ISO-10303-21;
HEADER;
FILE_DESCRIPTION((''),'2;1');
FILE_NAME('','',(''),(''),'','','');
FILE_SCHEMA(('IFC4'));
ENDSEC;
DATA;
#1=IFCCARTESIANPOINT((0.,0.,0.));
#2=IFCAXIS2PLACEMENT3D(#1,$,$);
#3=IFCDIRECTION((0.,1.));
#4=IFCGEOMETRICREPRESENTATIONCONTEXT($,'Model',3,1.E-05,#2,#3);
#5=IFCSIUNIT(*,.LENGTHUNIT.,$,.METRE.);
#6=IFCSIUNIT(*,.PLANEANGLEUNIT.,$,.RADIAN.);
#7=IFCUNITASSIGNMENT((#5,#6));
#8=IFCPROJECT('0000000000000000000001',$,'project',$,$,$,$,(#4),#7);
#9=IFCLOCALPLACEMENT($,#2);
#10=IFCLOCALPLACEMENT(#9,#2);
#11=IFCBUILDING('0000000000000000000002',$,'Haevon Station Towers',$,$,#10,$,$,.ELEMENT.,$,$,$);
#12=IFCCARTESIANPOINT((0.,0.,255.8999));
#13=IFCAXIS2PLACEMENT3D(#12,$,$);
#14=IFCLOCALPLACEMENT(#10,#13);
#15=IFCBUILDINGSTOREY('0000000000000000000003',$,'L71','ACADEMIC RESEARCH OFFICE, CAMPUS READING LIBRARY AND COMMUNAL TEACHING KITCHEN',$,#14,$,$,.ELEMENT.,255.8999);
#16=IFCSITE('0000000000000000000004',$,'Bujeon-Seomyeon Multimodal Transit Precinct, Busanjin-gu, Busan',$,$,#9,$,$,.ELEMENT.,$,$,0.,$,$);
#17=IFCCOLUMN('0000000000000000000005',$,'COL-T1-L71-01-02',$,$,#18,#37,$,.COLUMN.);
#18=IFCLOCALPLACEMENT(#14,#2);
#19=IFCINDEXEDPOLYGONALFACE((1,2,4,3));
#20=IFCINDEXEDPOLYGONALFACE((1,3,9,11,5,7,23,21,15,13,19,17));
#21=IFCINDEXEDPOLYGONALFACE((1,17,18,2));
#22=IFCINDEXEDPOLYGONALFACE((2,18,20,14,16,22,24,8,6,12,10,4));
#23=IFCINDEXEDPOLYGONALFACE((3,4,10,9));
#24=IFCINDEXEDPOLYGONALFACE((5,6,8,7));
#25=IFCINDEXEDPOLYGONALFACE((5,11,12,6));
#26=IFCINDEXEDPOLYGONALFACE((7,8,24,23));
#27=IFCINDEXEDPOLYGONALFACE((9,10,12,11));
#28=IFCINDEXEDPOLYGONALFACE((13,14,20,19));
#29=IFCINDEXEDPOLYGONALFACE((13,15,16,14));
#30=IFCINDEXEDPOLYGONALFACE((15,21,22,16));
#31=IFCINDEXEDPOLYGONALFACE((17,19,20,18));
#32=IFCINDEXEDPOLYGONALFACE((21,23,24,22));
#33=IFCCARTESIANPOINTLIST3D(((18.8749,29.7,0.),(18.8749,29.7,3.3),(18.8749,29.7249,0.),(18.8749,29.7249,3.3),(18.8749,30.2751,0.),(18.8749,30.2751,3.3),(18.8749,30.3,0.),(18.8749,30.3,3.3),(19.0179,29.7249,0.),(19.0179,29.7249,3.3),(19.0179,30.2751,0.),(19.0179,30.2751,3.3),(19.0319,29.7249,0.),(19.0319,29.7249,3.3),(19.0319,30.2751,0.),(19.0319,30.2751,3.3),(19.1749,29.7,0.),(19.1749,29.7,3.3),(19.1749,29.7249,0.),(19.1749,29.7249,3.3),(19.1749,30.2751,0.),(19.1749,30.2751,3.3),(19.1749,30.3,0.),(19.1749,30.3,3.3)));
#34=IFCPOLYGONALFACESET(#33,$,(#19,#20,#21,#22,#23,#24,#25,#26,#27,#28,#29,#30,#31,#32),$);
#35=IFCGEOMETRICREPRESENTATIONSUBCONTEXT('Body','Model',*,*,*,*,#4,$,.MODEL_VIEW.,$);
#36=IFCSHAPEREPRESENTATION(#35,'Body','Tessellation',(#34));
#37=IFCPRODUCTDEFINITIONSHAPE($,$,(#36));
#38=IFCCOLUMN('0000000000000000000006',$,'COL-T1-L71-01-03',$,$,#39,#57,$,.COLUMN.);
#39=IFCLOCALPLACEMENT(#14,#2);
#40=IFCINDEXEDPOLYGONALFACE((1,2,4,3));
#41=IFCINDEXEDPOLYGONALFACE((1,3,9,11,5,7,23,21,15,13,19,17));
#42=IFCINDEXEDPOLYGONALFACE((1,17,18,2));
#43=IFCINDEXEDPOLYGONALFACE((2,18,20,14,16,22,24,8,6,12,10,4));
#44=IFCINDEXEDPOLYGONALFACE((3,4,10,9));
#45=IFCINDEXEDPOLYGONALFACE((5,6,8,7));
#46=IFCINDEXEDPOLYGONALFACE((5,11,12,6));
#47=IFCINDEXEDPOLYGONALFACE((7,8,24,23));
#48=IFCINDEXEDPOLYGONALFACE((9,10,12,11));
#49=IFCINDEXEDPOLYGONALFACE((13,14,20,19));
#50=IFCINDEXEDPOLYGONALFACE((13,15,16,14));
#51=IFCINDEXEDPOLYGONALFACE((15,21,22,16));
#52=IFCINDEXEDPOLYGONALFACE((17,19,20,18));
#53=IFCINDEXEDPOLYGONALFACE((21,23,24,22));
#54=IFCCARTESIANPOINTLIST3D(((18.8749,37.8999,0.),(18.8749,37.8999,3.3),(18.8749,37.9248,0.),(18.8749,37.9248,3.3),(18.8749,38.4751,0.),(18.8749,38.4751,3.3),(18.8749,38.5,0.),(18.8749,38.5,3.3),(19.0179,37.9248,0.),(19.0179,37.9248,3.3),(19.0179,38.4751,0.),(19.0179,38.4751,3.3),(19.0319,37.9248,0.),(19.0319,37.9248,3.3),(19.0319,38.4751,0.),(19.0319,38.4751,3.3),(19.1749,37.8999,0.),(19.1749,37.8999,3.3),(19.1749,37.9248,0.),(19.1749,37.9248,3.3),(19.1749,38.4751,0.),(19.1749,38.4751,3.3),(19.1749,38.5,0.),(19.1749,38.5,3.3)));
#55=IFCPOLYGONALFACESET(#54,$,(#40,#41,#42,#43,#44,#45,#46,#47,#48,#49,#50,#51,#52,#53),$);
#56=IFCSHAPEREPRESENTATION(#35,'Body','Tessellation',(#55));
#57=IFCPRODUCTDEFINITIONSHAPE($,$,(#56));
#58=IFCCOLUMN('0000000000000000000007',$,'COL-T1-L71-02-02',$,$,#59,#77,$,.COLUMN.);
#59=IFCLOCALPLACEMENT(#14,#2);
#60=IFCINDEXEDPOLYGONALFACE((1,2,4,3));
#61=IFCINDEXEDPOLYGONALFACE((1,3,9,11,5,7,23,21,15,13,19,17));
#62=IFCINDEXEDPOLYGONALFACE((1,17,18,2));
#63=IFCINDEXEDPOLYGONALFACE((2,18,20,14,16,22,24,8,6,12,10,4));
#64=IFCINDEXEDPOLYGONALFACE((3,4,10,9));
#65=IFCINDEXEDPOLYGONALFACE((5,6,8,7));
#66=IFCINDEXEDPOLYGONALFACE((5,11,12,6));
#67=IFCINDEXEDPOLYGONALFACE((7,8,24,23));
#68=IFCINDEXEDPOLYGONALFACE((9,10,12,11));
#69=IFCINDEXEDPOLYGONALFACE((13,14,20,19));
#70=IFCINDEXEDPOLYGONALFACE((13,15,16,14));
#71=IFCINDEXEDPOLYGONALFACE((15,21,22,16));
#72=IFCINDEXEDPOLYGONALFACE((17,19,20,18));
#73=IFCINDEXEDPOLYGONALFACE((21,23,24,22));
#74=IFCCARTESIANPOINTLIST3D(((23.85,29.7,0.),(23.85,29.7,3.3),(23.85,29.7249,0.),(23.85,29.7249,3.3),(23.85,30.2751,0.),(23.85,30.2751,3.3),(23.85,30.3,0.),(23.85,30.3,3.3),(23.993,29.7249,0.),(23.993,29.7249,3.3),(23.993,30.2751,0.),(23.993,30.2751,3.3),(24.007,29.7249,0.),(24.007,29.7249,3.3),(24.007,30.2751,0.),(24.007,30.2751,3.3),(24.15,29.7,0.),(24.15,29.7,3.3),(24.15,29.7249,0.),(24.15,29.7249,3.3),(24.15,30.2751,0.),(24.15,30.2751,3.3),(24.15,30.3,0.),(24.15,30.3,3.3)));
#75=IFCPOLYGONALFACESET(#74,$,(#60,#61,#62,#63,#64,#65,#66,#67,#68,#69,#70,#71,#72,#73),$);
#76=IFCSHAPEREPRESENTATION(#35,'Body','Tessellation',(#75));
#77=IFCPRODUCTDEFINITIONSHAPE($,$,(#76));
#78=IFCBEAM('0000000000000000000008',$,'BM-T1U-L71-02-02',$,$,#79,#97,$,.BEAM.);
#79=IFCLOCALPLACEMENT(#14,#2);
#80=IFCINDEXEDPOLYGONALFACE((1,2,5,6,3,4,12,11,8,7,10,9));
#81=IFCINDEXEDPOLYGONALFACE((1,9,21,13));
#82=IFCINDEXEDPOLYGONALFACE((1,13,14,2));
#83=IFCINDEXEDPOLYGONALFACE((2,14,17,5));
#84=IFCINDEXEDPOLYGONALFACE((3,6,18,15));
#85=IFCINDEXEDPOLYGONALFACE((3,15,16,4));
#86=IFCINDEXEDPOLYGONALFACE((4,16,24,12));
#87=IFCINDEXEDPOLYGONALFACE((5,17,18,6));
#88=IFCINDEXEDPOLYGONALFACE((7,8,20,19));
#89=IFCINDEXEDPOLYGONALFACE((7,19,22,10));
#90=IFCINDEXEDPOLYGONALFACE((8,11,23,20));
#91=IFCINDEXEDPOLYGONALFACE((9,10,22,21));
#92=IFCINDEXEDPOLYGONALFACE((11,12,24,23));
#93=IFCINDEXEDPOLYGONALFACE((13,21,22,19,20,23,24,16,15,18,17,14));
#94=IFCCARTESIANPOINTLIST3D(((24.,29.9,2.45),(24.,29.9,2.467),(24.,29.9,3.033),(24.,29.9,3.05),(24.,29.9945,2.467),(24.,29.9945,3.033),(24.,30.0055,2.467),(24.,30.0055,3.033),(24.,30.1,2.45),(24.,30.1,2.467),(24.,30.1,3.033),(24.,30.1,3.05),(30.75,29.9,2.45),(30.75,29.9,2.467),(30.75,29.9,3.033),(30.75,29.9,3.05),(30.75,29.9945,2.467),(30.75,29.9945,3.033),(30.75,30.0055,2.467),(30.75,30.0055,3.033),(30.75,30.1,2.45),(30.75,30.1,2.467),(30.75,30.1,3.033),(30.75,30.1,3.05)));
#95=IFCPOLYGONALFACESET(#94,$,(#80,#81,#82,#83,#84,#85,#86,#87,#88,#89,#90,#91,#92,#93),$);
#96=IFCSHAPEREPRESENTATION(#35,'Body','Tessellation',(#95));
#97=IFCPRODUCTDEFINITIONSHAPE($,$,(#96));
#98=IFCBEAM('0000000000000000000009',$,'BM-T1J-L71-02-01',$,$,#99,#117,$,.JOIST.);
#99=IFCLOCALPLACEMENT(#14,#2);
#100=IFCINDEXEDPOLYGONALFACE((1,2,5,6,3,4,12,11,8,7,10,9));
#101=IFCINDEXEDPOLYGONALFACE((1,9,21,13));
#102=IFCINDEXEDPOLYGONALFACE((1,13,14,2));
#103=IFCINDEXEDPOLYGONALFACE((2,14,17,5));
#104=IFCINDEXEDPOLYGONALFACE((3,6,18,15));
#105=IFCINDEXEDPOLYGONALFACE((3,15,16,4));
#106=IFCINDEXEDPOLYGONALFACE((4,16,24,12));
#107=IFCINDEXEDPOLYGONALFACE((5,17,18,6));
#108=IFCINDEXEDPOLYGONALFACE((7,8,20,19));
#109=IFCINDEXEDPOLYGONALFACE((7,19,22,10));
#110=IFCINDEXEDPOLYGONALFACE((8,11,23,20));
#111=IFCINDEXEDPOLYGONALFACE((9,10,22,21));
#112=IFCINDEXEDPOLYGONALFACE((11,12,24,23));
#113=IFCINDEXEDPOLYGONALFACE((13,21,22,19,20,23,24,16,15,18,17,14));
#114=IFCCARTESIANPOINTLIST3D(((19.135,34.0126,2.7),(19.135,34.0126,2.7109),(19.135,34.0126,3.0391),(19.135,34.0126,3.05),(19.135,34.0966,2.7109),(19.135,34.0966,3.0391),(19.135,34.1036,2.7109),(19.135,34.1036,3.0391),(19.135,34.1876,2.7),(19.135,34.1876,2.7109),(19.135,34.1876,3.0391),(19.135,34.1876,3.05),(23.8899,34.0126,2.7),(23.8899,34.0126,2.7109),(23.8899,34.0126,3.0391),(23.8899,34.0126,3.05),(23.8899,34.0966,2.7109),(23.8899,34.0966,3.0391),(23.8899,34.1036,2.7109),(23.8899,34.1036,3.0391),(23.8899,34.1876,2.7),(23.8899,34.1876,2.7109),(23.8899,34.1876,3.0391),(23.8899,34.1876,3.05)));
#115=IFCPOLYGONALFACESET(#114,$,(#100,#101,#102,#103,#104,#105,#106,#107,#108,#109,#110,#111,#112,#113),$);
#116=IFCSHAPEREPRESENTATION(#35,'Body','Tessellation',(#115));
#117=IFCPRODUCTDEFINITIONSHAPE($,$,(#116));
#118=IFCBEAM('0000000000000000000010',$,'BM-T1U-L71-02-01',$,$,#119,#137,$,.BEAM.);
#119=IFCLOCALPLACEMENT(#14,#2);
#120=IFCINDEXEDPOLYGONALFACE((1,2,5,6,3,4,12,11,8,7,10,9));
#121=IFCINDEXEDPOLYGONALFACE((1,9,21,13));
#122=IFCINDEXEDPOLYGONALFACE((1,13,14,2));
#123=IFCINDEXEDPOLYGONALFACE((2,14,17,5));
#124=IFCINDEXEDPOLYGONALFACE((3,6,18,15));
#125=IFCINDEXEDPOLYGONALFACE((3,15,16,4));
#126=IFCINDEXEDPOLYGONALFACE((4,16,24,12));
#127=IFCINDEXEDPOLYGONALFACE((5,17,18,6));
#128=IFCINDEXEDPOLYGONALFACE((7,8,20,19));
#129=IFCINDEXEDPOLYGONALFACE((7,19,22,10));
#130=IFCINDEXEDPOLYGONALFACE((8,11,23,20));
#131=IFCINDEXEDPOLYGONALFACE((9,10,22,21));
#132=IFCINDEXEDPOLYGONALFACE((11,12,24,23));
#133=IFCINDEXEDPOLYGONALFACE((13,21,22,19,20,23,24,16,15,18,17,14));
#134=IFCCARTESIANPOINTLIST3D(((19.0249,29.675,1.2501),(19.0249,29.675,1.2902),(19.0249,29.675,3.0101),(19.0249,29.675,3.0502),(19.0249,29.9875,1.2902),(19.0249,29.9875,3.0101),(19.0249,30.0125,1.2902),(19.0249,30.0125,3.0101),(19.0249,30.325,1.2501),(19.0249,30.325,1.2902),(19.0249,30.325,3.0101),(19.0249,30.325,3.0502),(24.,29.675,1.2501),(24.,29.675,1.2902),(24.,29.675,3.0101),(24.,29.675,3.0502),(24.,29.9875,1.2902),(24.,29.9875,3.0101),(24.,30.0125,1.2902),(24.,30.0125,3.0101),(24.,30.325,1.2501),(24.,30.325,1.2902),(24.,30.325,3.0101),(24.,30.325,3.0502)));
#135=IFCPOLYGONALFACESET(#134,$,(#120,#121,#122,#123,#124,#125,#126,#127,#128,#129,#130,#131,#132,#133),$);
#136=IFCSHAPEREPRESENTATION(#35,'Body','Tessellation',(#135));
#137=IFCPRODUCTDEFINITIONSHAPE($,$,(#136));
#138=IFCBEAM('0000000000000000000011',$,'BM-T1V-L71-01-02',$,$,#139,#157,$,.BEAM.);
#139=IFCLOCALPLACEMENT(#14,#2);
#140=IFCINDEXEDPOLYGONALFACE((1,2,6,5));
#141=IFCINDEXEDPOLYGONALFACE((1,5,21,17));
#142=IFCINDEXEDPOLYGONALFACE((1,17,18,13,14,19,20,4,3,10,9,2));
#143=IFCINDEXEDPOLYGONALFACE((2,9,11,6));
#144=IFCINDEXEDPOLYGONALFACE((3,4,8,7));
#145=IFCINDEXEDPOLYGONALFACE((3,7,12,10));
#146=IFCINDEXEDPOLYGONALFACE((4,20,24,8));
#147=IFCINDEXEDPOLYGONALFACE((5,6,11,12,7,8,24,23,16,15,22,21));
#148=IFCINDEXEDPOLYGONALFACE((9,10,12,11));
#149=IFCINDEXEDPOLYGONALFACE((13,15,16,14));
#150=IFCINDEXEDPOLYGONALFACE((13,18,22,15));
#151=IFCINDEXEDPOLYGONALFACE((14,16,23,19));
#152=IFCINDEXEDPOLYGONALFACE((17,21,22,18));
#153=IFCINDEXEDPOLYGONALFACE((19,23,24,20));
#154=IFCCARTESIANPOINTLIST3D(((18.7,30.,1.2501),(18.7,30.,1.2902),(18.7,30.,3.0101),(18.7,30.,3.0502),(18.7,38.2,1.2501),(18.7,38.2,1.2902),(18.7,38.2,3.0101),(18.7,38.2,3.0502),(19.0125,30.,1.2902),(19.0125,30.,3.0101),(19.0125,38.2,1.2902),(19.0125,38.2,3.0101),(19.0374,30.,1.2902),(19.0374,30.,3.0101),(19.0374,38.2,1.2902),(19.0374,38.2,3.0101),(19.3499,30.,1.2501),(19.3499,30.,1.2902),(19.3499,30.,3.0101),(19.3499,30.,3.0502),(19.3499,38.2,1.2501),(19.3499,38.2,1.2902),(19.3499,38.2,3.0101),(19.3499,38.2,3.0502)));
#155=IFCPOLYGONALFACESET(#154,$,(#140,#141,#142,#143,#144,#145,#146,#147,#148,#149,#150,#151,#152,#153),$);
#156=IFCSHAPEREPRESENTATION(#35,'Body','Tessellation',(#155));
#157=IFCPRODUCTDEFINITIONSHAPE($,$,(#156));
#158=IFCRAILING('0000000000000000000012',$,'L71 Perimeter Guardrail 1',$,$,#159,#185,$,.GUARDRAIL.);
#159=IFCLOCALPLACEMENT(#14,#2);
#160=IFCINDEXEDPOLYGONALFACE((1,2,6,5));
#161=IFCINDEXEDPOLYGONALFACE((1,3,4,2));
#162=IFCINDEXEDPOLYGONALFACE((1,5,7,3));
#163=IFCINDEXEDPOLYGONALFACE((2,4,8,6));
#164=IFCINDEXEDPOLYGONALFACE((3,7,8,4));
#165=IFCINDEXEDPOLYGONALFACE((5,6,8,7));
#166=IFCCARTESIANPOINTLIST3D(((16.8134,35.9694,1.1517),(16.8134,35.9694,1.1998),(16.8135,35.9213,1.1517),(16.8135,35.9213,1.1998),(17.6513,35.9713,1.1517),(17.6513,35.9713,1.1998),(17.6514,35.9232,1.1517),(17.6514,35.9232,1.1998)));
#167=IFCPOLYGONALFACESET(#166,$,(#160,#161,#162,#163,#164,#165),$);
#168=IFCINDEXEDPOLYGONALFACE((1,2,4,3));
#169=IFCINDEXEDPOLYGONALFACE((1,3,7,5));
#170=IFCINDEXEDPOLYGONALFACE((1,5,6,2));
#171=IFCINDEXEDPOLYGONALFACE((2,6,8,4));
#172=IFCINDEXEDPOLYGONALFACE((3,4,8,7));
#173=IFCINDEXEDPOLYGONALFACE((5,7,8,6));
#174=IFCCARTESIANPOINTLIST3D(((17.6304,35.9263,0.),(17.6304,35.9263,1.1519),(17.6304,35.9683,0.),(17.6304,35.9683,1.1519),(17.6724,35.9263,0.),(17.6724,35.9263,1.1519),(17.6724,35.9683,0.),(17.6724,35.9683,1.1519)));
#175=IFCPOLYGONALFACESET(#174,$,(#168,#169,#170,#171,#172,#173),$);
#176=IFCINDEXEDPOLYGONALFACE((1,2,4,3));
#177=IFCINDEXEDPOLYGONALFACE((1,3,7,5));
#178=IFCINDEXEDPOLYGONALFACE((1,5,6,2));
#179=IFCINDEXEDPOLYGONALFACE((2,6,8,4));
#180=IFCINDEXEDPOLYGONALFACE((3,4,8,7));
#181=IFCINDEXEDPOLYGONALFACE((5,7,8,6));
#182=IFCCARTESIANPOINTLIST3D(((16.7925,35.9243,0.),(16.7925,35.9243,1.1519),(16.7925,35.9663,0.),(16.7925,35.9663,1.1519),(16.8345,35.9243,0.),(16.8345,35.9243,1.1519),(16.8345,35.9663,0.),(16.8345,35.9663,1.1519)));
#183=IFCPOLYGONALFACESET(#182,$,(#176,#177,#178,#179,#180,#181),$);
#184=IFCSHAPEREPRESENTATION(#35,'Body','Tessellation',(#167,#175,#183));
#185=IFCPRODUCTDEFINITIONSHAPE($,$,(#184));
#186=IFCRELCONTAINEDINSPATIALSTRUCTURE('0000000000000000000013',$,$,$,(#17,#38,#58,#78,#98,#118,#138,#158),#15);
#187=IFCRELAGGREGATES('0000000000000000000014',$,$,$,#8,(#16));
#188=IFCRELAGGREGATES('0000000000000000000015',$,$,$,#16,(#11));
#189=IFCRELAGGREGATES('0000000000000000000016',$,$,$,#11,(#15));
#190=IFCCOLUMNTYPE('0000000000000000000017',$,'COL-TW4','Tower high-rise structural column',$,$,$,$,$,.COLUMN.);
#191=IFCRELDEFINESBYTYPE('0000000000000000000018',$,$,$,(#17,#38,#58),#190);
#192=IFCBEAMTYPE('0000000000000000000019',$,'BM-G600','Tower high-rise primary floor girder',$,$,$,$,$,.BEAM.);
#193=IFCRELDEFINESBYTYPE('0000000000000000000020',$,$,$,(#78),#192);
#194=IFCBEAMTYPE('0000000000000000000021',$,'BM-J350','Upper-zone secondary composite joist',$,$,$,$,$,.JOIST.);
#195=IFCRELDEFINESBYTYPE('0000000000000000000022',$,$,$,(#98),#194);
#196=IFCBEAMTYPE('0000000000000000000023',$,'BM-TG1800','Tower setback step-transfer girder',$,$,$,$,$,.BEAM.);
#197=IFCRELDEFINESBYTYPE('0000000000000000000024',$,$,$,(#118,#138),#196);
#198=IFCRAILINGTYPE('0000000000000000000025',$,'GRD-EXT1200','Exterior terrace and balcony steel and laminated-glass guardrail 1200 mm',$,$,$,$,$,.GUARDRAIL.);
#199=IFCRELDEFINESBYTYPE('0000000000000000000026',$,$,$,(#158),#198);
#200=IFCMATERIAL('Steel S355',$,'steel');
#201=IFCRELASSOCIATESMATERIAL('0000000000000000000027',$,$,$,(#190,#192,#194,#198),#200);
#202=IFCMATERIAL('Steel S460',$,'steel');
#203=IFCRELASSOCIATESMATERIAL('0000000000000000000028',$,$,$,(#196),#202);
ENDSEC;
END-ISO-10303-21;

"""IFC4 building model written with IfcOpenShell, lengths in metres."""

from ifc_helpers import new_model, si_unit, direction, frame, origin, origin_2d, place, context, subcontext, project, spatial, rectangle, i_section, extrude, material, material_profile, profile_set, type_object, element, save


model = new_model("IFC4")

# Units and contexts
model_context = context("Model", 3, precision=1e-05, world=origin(), true_north=direction((0.0, 1.0)))
body_context = subcontext(model_context, "Body", "Model", "MODEL_VIEW")
ifc_project = project(units=[si_unit("LENGTHUNIT", "METRE"), si_unit("PLANEANGLEUNIT", "RADIAN")], contexts=[model_context])

# Site, building, storey
site_placement = place(None, origin())
site = spatial("IfcSite", under=ifc_project, at=site_placement, Name="Bujeon-Seomyeon Multimodal Transit Precinct, Busanjin-gu, Busan", CompositionType="ELEMENT", RefElevation=0.0)
building_placement = place(site_placement, origin())
building = spatial("IfcBuilding", under=site, at=building_placement, Name="Haevon Station Towers", CompositionType="ELEMENT")
storey_placement = place(building_placement, frame((0.0, 0.0, 255.8999)))
storey = spatial("IfcBuildingStorey", under=building, at=storey_placement, Name="L71", Description="ACADEMIC RESEARCH OFFICE, CAMPUS READING LIBRARY AND COMMUNAL TEACHING KITCHEN", CompositionType="ELEMENT", Elevation=255.8999)

# Columns
ifc_material_1 = material(Name="Steel S355", Category="steel")
ifc_material_profile_1 = material_profile(ifc_material_1, i_section(OverallWidth=0.3, OverallDepth=0.6001, WebThickness=0.0139, FlangeThickness=0.0249, at=origin_2d()), Name="H-600x300x14x25")
ifc_profile_set_1 = profile_set([ifc_material_profile_1], Name="Steel S355")
column_type = type_object("IfcColumnType", Name="COL-TW4", Description="Tower high-rise structural column", PredefinedType="COLUMN", material=ifc_profile_set_1)
for number, where, z_axis, x_axis, name in (
    (1, (19.0249, 30.0, 0.0), (0.0, 0.0, 1.0), (1.0, 0.0, 0.0), "COL-T1-L71-01-02"),
    (2, (19.0249, 38.2, 0.0), (0.0, 0.0, 1.0), (1.0, 0.0, 0.0), "COL-T1-L71-01-03"),
    (3, (24.0, 30.0, 0.0), (0.0, 0.0, 1.0), (1.0, 0.0, 0.0), "COL-T1-L71-02-02"),
):
    element("IfcColumn", number, at=place(storey_placement, frame(where, z_axis=z_axis, x_axis=x_axis)), inside=storey, type_object=column_type, Name=name, PredefinedType="COLUMN", context=body_context, shape_type="SweptSolid", body=[
        extrude(i_section(OverallWidth=0.3, OverallDepth=0.6001, WebThickness=0.0139, FlangeThickness=0.0249, at=origin_2d()), origin(), (0.0, 0.0, 1.0), 3.3),
    ])

# Beams
ifc_material_profile_2 = material_profile(ifc_material_1, i_section(OverallWidth=0.2, OverallDepth=0.6001, WebThickness=0.011, FlangeThickness=0.0171, at=origin_2d()), Name="H-600x200x11x17")
ifc_profile_set_2 = profile_set([ifc_material_profile_2], Name="Steel S355")
beam_type_1 = type_object("IfcBeamType", Name="BM-G600", Description="Tower high-rise primary floor girder", PredefinedType="BEAM", material=ifc_profile_set_2)
beam_1_placement = place(storey_placement, frame((24.0, 30.0, 2.75), z_axis=(1.0, 0.0, 0.0), x_axis=(0.0, 1.0, 0.0)))
element("IfcBeam", 4, at=beam_1_placement, inside=storey, type_object=beam_type_1, Name="BM-T1U-L71-02-02", PredefinedType="BEAM", context=body_context, shape_type="SweptSolid", body=[
    extrude(i_section(OverallWidth=0.2, OverallDepth=0.6001, WebThickness=0.011, FlangeThickness=0.0171, at=origin_2d()), origin(), (0.0, 0.0, 1.0), 6.75),
])
ifc_material_profile_3 = material_profile(ifc_material_1, i_section(OverallWidth=0.175, OverallDepth=0.3501, WebThickness=0.0071, FlangeThickness=0.011, at=origin_2d()), Name="H-350x175x7x11")
ifc_profile_set_3 = profile_set([ifc_material_profile_3], Name="Steel S355")
beam_type_2 = type_object("IfcBeamType", Name="BM-J350", Description="Upper-zone secondary composite joist", PredefinedType="JOIST", material=ifc_profile_set_3)
beam_2_placement = place(storey_placement, frame((19.135, 34.1001, 2.875), z_axis=(1.0, 0.0, 0.0), x_axis=(0.0, 1.0, 0.0)))
element("IfcBeam", 5, at=beam_2_placement, inside=storey, type_object=beam_type_2, Name="BM-T1J-L71-02-01", PredefinedType="JOIST", context=body_context, shape_type="SweptSolid", body=[
    extrude(i_section(OverallWidth=0.175, OverallDepth=0.3501, WebThickness=0.0071, FlangeThickness=0.011, at=origin_2d()), origin(), (0.0, 0.0, 1.0), 4.7549),
])
ifc_material_2 = material(Name="Steel S460", Category="steel")
ifc_material_profile_4 = material_profile(ifc_material_2, i_section(OverallWidth=0.6499, OverallDepth=1.8, WebThickness=0.0249, FlangeThickness=0.04, at=origin_2d()), Name="H-1800x650x25x40")
ifc_profile_set_4 = profile_set([ifc_material_profile_4], Name="Steel S460")
beam_type_3 = type_object("IfcBeamType", Name="BM-TG1800", Description="Tower setback step-transfer girder", PredefinedType="BEAM", material=ifc_profile_set_4)
beam_3_placement = place(storey_placement, frame((19.0249, 30.0, 2.1501), z_axis=(1.0, 0.0, 0.0), x_axis=(0.0, 1.0, 0.0)))
element("IfcBeam", 6, at=beam_3_placement, inside=storey, type_object=beam_type_3, Name="BM-T1U-L71-02-01", PredefinedType="BEAM", context=body_context, shape_type="SweptSolid", body=[
    extrude(i_section(OverallWidth=0.6499, OverallDepth=1.8, WebThickness=0.0249, FlangeThickness=0.04, at=origin_2d()), origin(), (0.0, 0.0, 1.0), 4.9751),
])
beam_4_placement = place(storey_placement, frame((19.0249, 30.0, 2.1501), z_axis=(0.0, 1.0, 0.0), x_axis=(-1.0, 0.0, 0.0)))
element("IfcBeam", 7, at=beam_4_placement, inside=storey, type_object=beam_type_3, Name="BM-T1V-L71-01-02", PredefinedType="BEAM", context=body_context, shape_type="SweptSolid", body=[
    extrude(i_section(OverallWidth=0.6499, OverallDepth=1.8, WebThickness=0.0249, FlangeThickness=0.04, at=origin_2d()), origin(), (0.0, 0.0, 1.0), 8.2),
])

# Railing
railing_type = type_object("IfcRailingType", Name="GRD-EXT1200", Description="Exterior terrace and balcony steel and laminated-glass guardrail 1200 mm", PredefinedType="GUARDRAIL", material=ifc_material_1)
railing_1_placement = place(storey_placement, frame((17.6514, 35.9473, 0.0)))
element("IfcRailing", 8, at=railing_1_placement, inside=storey, type_object=railing_type, Name="L71 Perimeter Guardrail 1", PredefinedType="GUARDRAIL", context=body_context, shape_type="SweptSolid", body=[
    extrude(rectangle(XDim=0.0481, YDim=0.0481, at=origin_2d()), frame((0.0, 0.0, 1.1758), z_axis=(-0.999997, -0.002331, 0.0), x_axis=(0.002331, -0.999997, 0.0)), (0.0, 0.0, 1.0), 0.8379),
    extrude(rectangle(XDim=0.042, YDim=0.042, at=origin_2d()), origin(), (0.0, 0.0, 1.0), 1.1519),
    extrude(rectangle(XDim=0.042, YDim=0.042, at=origin_2d()), frame((-0.8379, -0.002, 0.0)), (0.0, 0.0, 1.0), 1.1519),
])

save(model, "model.ifc")
